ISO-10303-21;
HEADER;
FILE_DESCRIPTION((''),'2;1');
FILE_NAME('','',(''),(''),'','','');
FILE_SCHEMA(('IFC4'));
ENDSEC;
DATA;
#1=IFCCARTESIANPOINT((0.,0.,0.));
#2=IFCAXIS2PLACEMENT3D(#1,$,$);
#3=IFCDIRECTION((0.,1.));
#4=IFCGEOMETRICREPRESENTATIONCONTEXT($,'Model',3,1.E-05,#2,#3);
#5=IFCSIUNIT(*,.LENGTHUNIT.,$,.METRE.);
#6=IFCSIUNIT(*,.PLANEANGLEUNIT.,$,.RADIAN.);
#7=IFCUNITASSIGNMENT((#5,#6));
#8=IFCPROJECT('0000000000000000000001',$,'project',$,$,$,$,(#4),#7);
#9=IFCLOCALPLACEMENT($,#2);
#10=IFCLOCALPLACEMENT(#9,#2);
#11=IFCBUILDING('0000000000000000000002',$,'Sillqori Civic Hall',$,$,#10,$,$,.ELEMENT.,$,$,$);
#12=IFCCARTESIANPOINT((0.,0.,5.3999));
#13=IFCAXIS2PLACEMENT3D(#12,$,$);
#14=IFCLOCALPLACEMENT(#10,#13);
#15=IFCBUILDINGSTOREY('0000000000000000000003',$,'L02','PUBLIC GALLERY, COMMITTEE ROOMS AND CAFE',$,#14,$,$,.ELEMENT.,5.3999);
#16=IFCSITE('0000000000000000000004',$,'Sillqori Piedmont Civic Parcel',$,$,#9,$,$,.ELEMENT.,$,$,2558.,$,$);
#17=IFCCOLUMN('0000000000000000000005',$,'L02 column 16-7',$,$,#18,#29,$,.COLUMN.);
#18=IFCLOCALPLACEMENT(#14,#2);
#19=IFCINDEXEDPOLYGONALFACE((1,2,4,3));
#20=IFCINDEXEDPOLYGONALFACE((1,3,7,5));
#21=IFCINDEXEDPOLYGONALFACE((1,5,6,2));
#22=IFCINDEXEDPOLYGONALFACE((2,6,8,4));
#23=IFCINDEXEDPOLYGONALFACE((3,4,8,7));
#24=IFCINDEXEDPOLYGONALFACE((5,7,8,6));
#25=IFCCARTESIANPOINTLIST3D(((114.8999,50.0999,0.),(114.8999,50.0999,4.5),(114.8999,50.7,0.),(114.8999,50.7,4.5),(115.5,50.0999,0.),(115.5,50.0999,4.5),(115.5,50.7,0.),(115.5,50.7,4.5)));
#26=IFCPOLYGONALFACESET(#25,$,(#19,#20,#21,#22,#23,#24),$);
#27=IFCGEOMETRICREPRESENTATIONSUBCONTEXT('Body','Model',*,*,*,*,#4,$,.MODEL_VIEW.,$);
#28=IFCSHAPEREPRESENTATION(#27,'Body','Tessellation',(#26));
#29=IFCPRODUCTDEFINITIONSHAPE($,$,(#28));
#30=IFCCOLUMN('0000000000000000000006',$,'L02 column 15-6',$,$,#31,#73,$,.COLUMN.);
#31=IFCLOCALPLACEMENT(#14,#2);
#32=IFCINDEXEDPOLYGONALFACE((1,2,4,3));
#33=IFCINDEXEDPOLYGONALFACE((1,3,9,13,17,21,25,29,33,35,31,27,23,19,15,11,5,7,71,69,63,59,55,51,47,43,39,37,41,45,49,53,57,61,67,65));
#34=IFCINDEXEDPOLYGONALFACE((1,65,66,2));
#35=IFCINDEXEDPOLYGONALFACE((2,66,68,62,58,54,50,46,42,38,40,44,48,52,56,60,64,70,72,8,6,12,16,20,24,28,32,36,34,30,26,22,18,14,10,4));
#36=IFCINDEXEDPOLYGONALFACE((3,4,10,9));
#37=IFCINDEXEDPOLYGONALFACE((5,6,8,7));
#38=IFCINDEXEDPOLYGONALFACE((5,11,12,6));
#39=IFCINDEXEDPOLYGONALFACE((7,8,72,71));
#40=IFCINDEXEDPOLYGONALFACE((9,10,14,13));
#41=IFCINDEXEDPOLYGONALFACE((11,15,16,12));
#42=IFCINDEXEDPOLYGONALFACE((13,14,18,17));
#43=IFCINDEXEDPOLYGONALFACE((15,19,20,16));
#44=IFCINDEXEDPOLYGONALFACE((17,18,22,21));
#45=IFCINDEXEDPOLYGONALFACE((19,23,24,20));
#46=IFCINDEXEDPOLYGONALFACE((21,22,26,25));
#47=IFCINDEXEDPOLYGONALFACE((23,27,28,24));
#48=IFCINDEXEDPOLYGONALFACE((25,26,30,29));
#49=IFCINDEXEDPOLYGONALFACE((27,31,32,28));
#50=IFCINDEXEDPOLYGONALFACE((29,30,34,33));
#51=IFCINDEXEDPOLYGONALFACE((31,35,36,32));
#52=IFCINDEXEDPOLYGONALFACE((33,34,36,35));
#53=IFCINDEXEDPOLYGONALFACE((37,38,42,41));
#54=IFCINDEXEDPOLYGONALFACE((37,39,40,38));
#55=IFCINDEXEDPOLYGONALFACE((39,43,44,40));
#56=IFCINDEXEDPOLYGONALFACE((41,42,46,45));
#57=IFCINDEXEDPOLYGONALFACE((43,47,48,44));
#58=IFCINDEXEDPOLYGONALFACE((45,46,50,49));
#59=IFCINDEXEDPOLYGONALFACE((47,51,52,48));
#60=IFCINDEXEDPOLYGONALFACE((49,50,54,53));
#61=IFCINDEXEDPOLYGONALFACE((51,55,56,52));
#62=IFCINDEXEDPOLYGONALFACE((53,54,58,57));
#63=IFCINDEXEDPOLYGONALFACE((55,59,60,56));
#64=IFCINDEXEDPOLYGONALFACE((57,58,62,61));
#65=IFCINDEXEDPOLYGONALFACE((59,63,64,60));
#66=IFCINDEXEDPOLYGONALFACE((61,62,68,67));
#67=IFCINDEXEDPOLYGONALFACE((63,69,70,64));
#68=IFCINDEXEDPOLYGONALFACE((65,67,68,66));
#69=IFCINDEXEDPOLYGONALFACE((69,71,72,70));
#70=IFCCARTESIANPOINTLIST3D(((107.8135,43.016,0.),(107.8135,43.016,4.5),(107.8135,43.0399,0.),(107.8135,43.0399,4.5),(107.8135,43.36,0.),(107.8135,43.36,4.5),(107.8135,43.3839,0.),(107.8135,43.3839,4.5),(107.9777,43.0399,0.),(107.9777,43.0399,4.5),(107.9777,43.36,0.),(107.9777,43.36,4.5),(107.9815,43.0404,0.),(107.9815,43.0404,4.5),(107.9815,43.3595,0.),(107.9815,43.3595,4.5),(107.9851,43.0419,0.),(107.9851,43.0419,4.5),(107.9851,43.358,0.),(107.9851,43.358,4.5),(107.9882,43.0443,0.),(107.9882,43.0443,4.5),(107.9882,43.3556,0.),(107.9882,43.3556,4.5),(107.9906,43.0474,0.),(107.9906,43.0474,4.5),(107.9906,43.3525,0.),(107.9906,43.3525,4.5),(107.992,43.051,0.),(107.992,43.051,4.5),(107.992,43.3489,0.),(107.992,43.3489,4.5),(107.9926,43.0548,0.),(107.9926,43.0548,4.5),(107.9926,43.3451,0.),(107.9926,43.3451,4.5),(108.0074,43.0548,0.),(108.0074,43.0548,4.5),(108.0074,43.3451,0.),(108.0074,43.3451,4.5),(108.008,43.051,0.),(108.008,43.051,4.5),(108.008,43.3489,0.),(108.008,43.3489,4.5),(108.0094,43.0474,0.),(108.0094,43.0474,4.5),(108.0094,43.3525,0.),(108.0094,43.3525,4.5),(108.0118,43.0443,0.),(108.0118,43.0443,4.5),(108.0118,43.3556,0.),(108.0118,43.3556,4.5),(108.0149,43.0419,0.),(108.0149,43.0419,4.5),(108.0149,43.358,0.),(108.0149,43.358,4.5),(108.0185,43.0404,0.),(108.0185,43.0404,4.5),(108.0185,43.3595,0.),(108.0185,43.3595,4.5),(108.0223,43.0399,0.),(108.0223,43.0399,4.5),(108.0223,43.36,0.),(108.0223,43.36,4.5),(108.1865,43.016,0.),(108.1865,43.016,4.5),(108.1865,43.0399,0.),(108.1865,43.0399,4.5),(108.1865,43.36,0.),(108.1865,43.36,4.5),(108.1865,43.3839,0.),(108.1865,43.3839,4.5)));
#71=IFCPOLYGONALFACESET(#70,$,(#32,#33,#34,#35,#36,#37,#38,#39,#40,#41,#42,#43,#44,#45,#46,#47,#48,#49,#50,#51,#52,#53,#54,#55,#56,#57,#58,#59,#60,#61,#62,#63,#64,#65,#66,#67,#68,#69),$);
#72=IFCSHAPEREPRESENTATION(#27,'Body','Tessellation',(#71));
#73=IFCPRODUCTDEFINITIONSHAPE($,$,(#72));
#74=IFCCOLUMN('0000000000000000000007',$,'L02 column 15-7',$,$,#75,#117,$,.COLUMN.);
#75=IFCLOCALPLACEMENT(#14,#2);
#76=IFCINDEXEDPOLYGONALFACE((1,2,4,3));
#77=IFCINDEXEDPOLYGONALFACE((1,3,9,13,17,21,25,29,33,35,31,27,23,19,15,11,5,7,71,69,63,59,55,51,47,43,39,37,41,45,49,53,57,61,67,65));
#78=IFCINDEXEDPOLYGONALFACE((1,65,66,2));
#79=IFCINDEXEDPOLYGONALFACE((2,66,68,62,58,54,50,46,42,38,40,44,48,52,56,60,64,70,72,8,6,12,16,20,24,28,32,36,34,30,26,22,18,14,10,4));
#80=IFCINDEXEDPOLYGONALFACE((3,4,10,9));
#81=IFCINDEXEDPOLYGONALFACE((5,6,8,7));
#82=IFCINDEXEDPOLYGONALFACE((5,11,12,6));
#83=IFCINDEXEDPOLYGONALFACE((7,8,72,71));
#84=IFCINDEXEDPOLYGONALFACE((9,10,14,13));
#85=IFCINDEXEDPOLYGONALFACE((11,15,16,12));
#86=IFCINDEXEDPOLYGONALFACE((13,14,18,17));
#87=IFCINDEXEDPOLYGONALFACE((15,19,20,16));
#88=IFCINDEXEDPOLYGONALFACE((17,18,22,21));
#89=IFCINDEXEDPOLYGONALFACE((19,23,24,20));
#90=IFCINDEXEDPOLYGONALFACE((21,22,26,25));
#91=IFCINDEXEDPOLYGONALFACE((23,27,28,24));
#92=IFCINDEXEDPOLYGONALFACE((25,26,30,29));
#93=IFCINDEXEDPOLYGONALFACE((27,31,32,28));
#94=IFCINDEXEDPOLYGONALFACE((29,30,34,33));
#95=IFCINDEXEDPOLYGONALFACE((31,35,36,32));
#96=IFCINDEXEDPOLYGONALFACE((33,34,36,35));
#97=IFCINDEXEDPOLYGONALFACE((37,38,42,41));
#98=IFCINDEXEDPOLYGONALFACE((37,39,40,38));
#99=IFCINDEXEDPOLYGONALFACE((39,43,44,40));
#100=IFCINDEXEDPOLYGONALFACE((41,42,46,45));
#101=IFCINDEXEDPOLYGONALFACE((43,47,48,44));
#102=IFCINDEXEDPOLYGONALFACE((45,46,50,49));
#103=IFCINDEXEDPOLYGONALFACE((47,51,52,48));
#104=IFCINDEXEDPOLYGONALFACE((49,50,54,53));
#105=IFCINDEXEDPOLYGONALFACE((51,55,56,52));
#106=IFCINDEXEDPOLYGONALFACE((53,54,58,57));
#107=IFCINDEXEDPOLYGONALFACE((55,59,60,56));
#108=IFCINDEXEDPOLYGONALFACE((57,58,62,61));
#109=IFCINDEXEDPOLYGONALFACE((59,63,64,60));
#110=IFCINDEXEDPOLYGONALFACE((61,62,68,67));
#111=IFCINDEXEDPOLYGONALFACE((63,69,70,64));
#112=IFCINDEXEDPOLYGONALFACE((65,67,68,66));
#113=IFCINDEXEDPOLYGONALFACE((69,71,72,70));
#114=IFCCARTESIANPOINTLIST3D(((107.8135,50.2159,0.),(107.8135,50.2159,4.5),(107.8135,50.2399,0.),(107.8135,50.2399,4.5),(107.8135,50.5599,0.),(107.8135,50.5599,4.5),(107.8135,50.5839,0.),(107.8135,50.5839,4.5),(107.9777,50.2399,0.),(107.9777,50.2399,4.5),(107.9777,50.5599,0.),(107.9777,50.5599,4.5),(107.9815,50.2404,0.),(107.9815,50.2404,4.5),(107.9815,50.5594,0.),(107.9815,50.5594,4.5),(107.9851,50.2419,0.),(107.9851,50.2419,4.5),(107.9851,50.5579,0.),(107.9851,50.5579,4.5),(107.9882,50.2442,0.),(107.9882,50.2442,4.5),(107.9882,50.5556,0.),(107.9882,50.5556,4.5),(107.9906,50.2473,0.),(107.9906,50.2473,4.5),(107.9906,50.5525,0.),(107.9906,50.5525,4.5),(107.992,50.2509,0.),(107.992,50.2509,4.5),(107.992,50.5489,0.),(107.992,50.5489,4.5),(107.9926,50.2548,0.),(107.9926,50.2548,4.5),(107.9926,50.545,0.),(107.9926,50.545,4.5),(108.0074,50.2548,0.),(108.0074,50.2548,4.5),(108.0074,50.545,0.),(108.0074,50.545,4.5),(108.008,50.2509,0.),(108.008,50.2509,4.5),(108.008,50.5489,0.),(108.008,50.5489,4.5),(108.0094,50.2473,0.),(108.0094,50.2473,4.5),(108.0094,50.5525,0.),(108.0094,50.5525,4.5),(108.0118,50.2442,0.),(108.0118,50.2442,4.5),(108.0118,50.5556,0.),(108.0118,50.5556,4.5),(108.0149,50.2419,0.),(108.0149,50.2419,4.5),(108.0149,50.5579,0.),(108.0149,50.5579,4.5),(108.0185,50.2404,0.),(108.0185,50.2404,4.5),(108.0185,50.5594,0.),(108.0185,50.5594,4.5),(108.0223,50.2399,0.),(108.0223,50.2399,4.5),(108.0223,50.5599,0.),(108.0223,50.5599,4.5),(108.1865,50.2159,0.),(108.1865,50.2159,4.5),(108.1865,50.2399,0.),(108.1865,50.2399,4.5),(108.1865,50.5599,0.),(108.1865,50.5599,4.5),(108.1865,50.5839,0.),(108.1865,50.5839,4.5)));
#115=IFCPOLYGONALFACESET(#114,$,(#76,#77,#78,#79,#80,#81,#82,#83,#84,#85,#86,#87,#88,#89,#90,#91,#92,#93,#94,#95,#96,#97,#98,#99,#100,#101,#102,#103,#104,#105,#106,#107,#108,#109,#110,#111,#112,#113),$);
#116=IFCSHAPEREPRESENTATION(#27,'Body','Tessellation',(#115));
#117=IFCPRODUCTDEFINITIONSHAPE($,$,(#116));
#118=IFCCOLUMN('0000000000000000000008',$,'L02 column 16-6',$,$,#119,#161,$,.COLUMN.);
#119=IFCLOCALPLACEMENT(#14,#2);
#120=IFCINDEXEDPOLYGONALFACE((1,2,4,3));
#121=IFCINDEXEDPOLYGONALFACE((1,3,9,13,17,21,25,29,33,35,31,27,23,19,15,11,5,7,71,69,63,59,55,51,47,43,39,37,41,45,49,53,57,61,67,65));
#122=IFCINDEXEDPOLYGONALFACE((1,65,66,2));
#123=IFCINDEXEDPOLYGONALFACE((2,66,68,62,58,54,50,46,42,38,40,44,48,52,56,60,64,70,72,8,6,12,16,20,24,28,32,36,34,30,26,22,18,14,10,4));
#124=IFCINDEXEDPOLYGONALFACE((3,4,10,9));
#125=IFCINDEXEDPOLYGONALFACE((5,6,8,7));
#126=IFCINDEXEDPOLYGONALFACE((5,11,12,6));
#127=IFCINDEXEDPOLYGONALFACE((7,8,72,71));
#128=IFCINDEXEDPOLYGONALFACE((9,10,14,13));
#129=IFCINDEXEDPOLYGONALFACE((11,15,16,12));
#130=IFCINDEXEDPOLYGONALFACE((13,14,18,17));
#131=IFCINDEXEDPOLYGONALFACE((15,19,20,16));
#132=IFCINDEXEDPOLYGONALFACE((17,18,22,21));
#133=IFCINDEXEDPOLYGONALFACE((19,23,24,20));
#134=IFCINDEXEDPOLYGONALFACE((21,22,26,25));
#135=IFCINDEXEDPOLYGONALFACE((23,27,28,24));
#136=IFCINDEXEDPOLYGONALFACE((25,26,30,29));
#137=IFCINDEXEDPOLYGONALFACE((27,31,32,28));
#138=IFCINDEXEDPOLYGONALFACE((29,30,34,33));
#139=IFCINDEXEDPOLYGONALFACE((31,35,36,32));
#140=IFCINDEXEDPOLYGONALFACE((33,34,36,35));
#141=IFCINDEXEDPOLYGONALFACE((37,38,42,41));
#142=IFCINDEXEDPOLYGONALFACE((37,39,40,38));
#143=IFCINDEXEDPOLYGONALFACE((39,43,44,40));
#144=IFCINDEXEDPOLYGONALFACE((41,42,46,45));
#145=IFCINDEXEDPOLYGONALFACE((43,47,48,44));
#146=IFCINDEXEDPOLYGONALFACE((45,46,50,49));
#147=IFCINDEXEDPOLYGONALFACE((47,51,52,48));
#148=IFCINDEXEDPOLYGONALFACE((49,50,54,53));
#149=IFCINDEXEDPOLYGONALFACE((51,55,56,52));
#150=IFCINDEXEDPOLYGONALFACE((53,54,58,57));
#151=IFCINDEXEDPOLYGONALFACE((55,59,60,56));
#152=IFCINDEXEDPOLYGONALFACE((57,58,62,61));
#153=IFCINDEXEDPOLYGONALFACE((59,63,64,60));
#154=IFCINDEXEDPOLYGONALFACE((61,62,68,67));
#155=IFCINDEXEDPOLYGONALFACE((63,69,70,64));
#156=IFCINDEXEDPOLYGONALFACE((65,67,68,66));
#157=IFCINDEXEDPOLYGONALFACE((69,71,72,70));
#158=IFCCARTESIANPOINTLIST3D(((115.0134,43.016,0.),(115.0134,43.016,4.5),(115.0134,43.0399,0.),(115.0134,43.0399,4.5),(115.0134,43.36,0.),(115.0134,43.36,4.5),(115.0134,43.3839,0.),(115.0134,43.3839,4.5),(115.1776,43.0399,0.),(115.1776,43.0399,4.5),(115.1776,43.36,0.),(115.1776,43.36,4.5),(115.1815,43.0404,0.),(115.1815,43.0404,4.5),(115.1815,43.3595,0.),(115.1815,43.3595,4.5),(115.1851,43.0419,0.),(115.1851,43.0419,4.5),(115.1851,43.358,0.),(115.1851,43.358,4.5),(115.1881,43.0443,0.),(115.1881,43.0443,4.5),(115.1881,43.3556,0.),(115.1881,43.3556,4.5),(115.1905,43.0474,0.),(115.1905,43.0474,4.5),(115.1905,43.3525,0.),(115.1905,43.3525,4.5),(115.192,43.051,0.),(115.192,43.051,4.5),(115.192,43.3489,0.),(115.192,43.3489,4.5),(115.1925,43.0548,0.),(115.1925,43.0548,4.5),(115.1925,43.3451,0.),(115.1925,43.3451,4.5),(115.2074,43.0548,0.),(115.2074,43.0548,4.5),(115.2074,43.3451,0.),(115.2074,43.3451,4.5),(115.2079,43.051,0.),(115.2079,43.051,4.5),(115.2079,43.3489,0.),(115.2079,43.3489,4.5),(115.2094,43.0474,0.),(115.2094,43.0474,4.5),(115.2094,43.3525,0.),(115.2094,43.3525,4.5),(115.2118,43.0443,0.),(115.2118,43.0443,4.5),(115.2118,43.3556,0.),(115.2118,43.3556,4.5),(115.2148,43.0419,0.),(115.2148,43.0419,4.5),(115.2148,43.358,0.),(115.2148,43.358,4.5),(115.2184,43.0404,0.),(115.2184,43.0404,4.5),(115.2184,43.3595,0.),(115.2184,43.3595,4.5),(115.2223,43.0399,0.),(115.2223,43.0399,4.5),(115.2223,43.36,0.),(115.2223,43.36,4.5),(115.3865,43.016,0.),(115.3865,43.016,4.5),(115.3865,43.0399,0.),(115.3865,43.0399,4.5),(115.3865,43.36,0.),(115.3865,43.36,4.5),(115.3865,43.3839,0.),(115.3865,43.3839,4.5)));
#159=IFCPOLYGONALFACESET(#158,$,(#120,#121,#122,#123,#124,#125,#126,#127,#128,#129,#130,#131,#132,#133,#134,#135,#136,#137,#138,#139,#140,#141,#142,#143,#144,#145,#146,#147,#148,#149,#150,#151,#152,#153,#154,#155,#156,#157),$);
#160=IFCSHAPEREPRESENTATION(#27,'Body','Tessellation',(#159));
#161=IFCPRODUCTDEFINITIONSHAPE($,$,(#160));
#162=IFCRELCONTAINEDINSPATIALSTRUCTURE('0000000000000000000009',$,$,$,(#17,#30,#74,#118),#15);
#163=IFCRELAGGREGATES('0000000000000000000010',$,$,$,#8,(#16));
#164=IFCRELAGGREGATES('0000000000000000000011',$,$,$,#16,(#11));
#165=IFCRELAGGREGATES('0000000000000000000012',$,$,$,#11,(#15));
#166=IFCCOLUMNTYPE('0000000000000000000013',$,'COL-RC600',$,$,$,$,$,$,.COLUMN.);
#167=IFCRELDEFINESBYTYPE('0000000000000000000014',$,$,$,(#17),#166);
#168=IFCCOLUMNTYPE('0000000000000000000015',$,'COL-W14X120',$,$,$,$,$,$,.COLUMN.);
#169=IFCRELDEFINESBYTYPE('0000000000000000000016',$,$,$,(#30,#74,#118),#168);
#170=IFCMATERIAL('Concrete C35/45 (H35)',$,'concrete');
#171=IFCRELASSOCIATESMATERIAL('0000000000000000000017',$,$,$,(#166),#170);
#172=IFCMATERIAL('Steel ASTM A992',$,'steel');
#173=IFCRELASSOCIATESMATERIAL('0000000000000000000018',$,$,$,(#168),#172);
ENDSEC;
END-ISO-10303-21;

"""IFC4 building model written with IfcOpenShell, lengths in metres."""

from ifc_helpers import new_model, si_unit, direction, frame, origin, origin_2d, place, context, subcontext, project, spatial, rectangle, i_section, extrude, material, material_profile, profile_set, type_object, element, save


model = new_model("IFC4")

# Units and contexts
model_context = context("Model", 3, precision=1e-05, world=origin(), true_north=direction((0.0, 1.0)))
body_context = subcontext(model_context, "Body", "Model", "MODEL_VIEW")
ifc_project = project(units=[si_unit("LENGTHUNIT", "METRE"), si_unit("PLANEANGLEUNIT", "RADIAN")], contexts=[model_context])

# Site, building, storey
site_placement = place(None, origin())
site = spatial("IfcSite", under=ifc_project, at=site_placement, Name="Sillqori Piedmont Civic Parcel", CompositionType="ELEMENT", RefElevation=2558.0)
building_placement = place(site_placement, origin())
building = spatial("IfcBuilding", under=site, at=building_placement, Name="Sillqori Civic Hall", CompositionType="ELEMENT")
storey_placement = place(building_placement, frame((0.0, 0.0, 5.3999)))
storey = spatial("IfcBuildingStorey", under=building, at=storey_placement, Name="L02", Description="PUBLIC GALLERY, COMMITTEE ROOMS AND CAFE", CompositionType="ELEMENT", Elevation=5.3999)

# Columns
ifc_material_1 = material(Name="Concrete C35/45 (H35)", Category="concrete")
ifc_material_profile_1 = material_profile(ifc_material_1, rectangle(XDim=0.6001, YDim=0.6001, at=origin_2d()), Name="RC 600x600")
ifc_profile_set_1 = profile_set([ifc_material_profile_1], Name="Concrete C35/45 (H35)")
column_type_1 = type_object("IfcColumnType", Name="COL-RC600", PredefinedType="COLUMN", material=ifc_profile_set_1)
column_placement = place(storey_placement, frame((115.2, 50.3999, 0.0), z_axis=(0.0, 0.0, 1.0), x_axis=(1.0, 0.0, 0.0)))
element("IfcColumn", 1, at=column_placement, inside=storey, type_object=column_type_1, Name="L02 column 16-7", PredefinedType="COLUMN", context=body_context, shape_type="SweptSolid", body=[
    extrude(rectangle(XDim=0.6001, YDim=0.6001, at=origin_2d()), origin(), (0.0, 0.0, 1.0), 4.5),
])
ifc_material_2 = material(Name="Steel ASTM A992", Category="steel")
ifc_material_profile_2 = material_profile(ifc_material_2, i_section(OverallWidth=0.373, OverallDepth=0.3679, WebThickness=0.0149, FlangeThickness=0.0239, FilletRadius=0.0149, at=origin_2d()), Name="W14X120")
ifc_profile_set_2 = profile_set([ifc_material_profile_2], Name="Steel ASTM A992")
column_type_2 = type_object("IfcColumnType", Name="COL-W14X120", PredefinedType="COLUMN", material=ifc_profile_set_2)
for number, where, z_axis, x_axis, name in (
    (2, (108.0, 43.2, 0.0), (0.0, 0.0, 1.0), (1.0, 0.0, 0.0), "L02 column 15-6"),
    (3, (108.0, 50.3999, 0.0), (0.0, 0.0, 1.0), (1.0, 0.0, 0.0), "L02 column 15-7"),
    (4, (115.2, 43.2, 0.0), (0.0, 0.0, 1.0), (1.0, 0.0, 0.0), "L02 column 16-6"),
):
    element("IfcColumn", number, at=place(storey_placement, frame(where, z_axis=z_axis, x_axis=x_axis)), inside=storey, type_object=column_type_2, Name=name, PredefinedType="COLUMN", context=body_context, shape_type="SweptSolid", body=[
        extrude(i_section(OverallWidth=0.373, OverallDepth=0.3679, WebThickness=0.0149, FlangeThickness=0.0239, FilletRadius=0.0149, at=origin_2d()), origin(), (0.0, 0.0, 1.0), 4.5),
    ])

save(model, "model.ifc")
